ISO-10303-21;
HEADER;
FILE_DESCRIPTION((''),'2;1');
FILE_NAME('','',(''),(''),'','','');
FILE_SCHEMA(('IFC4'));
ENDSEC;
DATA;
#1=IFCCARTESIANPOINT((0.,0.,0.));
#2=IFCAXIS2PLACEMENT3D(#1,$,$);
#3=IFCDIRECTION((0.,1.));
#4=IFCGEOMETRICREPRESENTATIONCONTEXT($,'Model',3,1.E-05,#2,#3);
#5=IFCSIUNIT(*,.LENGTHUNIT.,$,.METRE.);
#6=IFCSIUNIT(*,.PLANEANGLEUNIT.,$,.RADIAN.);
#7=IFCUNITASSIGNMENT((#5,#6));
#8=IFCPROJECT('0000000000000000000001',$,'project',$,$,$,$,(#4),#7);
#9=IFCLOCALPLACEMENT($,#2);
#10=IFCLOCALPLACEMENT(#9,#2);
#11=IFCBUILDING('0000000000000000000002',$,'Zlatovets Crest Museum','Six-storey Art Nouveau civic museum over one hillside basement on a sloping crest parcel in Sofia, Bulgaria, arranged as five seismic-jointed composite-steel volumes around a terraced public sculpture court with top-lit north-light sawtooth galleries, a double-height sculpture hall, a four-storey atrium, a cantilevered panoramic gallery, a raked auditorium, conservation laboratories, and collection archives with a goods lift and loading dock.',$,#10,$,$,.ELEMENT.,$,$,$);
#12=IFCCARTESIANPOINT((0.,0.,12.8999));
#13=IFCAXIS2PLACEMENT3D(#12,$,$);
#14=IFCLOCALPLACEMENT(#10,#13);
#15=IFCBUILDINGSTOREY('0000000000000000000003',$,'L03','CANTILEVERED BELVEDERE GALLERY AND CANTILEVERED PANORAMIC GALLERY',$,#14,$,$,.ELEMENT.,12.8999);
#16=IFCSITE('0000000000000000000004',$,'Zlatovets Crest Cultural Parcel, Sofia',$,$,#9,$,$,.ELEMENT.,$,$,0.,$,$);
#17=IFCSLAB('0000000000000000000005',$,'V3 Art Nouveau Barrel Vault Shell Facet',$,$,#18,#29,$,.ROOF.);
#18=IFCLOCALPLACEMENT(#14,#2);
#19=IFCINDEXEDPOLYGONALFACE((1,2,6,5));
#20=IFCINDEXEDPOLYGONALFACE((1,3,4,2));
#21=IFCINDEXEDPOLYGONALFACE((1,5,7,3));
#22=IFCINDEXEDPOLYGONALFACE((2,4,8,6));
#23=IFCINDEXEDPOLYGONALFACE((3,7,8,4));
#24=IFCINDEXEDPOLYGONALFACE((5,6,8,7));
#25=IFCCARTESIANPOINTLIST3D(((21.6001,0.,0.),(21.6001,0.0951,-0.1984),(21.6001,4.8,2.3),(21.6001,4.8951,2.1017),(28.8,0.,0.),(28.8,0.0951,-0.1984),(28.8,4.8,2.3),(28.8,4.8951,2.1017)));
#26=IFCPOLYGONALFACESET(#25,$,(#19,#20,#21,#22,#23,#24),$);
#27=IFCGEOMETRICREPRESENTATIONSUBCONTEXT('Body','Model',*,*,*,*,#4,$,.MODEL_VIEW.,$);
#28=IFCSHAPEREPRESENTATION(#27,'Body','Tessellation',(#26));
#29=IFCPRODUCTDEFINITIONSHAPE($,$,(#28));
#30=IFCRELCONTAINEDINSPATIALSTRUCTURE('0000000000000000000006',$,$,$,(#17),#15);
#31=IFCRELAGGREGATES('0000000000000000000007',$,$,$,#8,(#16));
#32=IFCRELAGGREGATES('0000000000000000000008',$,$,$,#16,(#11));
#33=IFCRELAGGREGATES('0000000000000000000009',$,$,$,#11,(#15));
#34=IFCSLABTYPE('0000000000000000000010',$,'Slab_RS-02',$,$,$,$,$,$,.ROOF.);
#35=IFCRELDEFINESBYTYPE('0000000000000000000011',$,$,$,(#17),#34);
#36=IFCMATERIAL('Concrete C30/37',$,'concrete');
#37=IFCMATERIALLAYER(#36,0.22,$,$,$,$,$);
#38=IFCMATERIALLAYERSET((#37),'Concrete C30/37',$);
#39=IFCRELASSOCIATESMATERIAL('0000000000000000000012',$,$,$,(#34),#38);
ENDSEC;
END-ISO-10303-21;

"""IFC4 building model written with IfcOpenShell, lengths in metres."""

from ifc_helpers import new_model, si_unit, direction, frame, origin, place, context, subcontext, project, spatial, polyline, outline, extrude, material, layer, layer_set, type_object, element, save


model = new_model("IFC4")

# Units and contexts
model_context = context("Model", 3, precision=1e-05, world=origin(), true_north=direction((0.0, 1.0)))
body_context = subcontext(model_context, "Body", "Model", "MODEL_VIEW")
ifc_project = project(units=[si_unit("LENGTHUNIT", "METRE"), si_unit("PLANEANGLEUNIT", "RADIAN")], contexts=[model_context])

# Site, building, storey
site_placement = place(None, origin())
site = spatial("IfcSite", under=ifc_project, at=site_placement, Name="Zlatovets Crest Cultural Parcel, Sofia", CompositionType="ELEMENT", RefElevation=0.0)
building_placement = place(site_placement, origin())
building = spatial("IfcBuilding", under=site, at=building_placement, Name="Zlatovets Crest Museum", Description="Six-storey Art Nouveau civic museum over one hillside basement on a sloping crest parcel in Sofia, Bulgaria, arranged as five seismic-jointed composite-steel volumes around a terraced public sculpture court with top-lit north-light sawtooth galleries, a double-height sculpture hall, a four-storey atrium, a cantilevered panoramic gallery, a raked auditorium, conservation laboratories, and collection archives with a goods lift and loading dock.", CompositionType="ELEMENT")
storey_placement = place(building_placement, frame((0.0, 0.0, 12.8999)))
storey = spatial("IfcBuildingStorey", under=building, at=storey_placement, Name="L03", Description="CANTILEVERED BELVEDERE GALLERY AND CANTILEVERED PANORAMIC GALLERY", CompositionType="ELEMENT", Elevation=12.8999)

# Slab
ifc_material_1 = material(Name="Concrete C30/37", Category="concrete")
ifc_layer = layer(ifc_material_1, 0.22)
ifc_layer_set = layer_set([ifc_layer], Name="Concrete C30/37")
slab_type = type_object("IfcSlabType", Name="Slab_RS-02", PredefinedType="ROOF", material=ifc_layer_set)
slab_1_placement = place(storey_placement, frame((21.6001, 0.0, 0.0), z_axis=(0.0, -0.432124, 0.901814), x_axis=(1.0, 0.0, 0.0)))
element("IfcSlab", 1, at=slab_1_placement, inside=storey, type_object=slab_type, Name="V3 Art Nouveau Barrel Vault Shell Facet", PredefinedType="ROOF", context=body_context, shape_type="SweptSolid", body=[
    extrude(outline(polyline([(0.0, 0.0), (7.2, 0.0), (7.2, 5.3227), (0.0, 5.3227), (0.0, 0.0)])), origin(), (0.0, 0.0, -1.0), 0.22),
])

save(model, "model.ifc")
